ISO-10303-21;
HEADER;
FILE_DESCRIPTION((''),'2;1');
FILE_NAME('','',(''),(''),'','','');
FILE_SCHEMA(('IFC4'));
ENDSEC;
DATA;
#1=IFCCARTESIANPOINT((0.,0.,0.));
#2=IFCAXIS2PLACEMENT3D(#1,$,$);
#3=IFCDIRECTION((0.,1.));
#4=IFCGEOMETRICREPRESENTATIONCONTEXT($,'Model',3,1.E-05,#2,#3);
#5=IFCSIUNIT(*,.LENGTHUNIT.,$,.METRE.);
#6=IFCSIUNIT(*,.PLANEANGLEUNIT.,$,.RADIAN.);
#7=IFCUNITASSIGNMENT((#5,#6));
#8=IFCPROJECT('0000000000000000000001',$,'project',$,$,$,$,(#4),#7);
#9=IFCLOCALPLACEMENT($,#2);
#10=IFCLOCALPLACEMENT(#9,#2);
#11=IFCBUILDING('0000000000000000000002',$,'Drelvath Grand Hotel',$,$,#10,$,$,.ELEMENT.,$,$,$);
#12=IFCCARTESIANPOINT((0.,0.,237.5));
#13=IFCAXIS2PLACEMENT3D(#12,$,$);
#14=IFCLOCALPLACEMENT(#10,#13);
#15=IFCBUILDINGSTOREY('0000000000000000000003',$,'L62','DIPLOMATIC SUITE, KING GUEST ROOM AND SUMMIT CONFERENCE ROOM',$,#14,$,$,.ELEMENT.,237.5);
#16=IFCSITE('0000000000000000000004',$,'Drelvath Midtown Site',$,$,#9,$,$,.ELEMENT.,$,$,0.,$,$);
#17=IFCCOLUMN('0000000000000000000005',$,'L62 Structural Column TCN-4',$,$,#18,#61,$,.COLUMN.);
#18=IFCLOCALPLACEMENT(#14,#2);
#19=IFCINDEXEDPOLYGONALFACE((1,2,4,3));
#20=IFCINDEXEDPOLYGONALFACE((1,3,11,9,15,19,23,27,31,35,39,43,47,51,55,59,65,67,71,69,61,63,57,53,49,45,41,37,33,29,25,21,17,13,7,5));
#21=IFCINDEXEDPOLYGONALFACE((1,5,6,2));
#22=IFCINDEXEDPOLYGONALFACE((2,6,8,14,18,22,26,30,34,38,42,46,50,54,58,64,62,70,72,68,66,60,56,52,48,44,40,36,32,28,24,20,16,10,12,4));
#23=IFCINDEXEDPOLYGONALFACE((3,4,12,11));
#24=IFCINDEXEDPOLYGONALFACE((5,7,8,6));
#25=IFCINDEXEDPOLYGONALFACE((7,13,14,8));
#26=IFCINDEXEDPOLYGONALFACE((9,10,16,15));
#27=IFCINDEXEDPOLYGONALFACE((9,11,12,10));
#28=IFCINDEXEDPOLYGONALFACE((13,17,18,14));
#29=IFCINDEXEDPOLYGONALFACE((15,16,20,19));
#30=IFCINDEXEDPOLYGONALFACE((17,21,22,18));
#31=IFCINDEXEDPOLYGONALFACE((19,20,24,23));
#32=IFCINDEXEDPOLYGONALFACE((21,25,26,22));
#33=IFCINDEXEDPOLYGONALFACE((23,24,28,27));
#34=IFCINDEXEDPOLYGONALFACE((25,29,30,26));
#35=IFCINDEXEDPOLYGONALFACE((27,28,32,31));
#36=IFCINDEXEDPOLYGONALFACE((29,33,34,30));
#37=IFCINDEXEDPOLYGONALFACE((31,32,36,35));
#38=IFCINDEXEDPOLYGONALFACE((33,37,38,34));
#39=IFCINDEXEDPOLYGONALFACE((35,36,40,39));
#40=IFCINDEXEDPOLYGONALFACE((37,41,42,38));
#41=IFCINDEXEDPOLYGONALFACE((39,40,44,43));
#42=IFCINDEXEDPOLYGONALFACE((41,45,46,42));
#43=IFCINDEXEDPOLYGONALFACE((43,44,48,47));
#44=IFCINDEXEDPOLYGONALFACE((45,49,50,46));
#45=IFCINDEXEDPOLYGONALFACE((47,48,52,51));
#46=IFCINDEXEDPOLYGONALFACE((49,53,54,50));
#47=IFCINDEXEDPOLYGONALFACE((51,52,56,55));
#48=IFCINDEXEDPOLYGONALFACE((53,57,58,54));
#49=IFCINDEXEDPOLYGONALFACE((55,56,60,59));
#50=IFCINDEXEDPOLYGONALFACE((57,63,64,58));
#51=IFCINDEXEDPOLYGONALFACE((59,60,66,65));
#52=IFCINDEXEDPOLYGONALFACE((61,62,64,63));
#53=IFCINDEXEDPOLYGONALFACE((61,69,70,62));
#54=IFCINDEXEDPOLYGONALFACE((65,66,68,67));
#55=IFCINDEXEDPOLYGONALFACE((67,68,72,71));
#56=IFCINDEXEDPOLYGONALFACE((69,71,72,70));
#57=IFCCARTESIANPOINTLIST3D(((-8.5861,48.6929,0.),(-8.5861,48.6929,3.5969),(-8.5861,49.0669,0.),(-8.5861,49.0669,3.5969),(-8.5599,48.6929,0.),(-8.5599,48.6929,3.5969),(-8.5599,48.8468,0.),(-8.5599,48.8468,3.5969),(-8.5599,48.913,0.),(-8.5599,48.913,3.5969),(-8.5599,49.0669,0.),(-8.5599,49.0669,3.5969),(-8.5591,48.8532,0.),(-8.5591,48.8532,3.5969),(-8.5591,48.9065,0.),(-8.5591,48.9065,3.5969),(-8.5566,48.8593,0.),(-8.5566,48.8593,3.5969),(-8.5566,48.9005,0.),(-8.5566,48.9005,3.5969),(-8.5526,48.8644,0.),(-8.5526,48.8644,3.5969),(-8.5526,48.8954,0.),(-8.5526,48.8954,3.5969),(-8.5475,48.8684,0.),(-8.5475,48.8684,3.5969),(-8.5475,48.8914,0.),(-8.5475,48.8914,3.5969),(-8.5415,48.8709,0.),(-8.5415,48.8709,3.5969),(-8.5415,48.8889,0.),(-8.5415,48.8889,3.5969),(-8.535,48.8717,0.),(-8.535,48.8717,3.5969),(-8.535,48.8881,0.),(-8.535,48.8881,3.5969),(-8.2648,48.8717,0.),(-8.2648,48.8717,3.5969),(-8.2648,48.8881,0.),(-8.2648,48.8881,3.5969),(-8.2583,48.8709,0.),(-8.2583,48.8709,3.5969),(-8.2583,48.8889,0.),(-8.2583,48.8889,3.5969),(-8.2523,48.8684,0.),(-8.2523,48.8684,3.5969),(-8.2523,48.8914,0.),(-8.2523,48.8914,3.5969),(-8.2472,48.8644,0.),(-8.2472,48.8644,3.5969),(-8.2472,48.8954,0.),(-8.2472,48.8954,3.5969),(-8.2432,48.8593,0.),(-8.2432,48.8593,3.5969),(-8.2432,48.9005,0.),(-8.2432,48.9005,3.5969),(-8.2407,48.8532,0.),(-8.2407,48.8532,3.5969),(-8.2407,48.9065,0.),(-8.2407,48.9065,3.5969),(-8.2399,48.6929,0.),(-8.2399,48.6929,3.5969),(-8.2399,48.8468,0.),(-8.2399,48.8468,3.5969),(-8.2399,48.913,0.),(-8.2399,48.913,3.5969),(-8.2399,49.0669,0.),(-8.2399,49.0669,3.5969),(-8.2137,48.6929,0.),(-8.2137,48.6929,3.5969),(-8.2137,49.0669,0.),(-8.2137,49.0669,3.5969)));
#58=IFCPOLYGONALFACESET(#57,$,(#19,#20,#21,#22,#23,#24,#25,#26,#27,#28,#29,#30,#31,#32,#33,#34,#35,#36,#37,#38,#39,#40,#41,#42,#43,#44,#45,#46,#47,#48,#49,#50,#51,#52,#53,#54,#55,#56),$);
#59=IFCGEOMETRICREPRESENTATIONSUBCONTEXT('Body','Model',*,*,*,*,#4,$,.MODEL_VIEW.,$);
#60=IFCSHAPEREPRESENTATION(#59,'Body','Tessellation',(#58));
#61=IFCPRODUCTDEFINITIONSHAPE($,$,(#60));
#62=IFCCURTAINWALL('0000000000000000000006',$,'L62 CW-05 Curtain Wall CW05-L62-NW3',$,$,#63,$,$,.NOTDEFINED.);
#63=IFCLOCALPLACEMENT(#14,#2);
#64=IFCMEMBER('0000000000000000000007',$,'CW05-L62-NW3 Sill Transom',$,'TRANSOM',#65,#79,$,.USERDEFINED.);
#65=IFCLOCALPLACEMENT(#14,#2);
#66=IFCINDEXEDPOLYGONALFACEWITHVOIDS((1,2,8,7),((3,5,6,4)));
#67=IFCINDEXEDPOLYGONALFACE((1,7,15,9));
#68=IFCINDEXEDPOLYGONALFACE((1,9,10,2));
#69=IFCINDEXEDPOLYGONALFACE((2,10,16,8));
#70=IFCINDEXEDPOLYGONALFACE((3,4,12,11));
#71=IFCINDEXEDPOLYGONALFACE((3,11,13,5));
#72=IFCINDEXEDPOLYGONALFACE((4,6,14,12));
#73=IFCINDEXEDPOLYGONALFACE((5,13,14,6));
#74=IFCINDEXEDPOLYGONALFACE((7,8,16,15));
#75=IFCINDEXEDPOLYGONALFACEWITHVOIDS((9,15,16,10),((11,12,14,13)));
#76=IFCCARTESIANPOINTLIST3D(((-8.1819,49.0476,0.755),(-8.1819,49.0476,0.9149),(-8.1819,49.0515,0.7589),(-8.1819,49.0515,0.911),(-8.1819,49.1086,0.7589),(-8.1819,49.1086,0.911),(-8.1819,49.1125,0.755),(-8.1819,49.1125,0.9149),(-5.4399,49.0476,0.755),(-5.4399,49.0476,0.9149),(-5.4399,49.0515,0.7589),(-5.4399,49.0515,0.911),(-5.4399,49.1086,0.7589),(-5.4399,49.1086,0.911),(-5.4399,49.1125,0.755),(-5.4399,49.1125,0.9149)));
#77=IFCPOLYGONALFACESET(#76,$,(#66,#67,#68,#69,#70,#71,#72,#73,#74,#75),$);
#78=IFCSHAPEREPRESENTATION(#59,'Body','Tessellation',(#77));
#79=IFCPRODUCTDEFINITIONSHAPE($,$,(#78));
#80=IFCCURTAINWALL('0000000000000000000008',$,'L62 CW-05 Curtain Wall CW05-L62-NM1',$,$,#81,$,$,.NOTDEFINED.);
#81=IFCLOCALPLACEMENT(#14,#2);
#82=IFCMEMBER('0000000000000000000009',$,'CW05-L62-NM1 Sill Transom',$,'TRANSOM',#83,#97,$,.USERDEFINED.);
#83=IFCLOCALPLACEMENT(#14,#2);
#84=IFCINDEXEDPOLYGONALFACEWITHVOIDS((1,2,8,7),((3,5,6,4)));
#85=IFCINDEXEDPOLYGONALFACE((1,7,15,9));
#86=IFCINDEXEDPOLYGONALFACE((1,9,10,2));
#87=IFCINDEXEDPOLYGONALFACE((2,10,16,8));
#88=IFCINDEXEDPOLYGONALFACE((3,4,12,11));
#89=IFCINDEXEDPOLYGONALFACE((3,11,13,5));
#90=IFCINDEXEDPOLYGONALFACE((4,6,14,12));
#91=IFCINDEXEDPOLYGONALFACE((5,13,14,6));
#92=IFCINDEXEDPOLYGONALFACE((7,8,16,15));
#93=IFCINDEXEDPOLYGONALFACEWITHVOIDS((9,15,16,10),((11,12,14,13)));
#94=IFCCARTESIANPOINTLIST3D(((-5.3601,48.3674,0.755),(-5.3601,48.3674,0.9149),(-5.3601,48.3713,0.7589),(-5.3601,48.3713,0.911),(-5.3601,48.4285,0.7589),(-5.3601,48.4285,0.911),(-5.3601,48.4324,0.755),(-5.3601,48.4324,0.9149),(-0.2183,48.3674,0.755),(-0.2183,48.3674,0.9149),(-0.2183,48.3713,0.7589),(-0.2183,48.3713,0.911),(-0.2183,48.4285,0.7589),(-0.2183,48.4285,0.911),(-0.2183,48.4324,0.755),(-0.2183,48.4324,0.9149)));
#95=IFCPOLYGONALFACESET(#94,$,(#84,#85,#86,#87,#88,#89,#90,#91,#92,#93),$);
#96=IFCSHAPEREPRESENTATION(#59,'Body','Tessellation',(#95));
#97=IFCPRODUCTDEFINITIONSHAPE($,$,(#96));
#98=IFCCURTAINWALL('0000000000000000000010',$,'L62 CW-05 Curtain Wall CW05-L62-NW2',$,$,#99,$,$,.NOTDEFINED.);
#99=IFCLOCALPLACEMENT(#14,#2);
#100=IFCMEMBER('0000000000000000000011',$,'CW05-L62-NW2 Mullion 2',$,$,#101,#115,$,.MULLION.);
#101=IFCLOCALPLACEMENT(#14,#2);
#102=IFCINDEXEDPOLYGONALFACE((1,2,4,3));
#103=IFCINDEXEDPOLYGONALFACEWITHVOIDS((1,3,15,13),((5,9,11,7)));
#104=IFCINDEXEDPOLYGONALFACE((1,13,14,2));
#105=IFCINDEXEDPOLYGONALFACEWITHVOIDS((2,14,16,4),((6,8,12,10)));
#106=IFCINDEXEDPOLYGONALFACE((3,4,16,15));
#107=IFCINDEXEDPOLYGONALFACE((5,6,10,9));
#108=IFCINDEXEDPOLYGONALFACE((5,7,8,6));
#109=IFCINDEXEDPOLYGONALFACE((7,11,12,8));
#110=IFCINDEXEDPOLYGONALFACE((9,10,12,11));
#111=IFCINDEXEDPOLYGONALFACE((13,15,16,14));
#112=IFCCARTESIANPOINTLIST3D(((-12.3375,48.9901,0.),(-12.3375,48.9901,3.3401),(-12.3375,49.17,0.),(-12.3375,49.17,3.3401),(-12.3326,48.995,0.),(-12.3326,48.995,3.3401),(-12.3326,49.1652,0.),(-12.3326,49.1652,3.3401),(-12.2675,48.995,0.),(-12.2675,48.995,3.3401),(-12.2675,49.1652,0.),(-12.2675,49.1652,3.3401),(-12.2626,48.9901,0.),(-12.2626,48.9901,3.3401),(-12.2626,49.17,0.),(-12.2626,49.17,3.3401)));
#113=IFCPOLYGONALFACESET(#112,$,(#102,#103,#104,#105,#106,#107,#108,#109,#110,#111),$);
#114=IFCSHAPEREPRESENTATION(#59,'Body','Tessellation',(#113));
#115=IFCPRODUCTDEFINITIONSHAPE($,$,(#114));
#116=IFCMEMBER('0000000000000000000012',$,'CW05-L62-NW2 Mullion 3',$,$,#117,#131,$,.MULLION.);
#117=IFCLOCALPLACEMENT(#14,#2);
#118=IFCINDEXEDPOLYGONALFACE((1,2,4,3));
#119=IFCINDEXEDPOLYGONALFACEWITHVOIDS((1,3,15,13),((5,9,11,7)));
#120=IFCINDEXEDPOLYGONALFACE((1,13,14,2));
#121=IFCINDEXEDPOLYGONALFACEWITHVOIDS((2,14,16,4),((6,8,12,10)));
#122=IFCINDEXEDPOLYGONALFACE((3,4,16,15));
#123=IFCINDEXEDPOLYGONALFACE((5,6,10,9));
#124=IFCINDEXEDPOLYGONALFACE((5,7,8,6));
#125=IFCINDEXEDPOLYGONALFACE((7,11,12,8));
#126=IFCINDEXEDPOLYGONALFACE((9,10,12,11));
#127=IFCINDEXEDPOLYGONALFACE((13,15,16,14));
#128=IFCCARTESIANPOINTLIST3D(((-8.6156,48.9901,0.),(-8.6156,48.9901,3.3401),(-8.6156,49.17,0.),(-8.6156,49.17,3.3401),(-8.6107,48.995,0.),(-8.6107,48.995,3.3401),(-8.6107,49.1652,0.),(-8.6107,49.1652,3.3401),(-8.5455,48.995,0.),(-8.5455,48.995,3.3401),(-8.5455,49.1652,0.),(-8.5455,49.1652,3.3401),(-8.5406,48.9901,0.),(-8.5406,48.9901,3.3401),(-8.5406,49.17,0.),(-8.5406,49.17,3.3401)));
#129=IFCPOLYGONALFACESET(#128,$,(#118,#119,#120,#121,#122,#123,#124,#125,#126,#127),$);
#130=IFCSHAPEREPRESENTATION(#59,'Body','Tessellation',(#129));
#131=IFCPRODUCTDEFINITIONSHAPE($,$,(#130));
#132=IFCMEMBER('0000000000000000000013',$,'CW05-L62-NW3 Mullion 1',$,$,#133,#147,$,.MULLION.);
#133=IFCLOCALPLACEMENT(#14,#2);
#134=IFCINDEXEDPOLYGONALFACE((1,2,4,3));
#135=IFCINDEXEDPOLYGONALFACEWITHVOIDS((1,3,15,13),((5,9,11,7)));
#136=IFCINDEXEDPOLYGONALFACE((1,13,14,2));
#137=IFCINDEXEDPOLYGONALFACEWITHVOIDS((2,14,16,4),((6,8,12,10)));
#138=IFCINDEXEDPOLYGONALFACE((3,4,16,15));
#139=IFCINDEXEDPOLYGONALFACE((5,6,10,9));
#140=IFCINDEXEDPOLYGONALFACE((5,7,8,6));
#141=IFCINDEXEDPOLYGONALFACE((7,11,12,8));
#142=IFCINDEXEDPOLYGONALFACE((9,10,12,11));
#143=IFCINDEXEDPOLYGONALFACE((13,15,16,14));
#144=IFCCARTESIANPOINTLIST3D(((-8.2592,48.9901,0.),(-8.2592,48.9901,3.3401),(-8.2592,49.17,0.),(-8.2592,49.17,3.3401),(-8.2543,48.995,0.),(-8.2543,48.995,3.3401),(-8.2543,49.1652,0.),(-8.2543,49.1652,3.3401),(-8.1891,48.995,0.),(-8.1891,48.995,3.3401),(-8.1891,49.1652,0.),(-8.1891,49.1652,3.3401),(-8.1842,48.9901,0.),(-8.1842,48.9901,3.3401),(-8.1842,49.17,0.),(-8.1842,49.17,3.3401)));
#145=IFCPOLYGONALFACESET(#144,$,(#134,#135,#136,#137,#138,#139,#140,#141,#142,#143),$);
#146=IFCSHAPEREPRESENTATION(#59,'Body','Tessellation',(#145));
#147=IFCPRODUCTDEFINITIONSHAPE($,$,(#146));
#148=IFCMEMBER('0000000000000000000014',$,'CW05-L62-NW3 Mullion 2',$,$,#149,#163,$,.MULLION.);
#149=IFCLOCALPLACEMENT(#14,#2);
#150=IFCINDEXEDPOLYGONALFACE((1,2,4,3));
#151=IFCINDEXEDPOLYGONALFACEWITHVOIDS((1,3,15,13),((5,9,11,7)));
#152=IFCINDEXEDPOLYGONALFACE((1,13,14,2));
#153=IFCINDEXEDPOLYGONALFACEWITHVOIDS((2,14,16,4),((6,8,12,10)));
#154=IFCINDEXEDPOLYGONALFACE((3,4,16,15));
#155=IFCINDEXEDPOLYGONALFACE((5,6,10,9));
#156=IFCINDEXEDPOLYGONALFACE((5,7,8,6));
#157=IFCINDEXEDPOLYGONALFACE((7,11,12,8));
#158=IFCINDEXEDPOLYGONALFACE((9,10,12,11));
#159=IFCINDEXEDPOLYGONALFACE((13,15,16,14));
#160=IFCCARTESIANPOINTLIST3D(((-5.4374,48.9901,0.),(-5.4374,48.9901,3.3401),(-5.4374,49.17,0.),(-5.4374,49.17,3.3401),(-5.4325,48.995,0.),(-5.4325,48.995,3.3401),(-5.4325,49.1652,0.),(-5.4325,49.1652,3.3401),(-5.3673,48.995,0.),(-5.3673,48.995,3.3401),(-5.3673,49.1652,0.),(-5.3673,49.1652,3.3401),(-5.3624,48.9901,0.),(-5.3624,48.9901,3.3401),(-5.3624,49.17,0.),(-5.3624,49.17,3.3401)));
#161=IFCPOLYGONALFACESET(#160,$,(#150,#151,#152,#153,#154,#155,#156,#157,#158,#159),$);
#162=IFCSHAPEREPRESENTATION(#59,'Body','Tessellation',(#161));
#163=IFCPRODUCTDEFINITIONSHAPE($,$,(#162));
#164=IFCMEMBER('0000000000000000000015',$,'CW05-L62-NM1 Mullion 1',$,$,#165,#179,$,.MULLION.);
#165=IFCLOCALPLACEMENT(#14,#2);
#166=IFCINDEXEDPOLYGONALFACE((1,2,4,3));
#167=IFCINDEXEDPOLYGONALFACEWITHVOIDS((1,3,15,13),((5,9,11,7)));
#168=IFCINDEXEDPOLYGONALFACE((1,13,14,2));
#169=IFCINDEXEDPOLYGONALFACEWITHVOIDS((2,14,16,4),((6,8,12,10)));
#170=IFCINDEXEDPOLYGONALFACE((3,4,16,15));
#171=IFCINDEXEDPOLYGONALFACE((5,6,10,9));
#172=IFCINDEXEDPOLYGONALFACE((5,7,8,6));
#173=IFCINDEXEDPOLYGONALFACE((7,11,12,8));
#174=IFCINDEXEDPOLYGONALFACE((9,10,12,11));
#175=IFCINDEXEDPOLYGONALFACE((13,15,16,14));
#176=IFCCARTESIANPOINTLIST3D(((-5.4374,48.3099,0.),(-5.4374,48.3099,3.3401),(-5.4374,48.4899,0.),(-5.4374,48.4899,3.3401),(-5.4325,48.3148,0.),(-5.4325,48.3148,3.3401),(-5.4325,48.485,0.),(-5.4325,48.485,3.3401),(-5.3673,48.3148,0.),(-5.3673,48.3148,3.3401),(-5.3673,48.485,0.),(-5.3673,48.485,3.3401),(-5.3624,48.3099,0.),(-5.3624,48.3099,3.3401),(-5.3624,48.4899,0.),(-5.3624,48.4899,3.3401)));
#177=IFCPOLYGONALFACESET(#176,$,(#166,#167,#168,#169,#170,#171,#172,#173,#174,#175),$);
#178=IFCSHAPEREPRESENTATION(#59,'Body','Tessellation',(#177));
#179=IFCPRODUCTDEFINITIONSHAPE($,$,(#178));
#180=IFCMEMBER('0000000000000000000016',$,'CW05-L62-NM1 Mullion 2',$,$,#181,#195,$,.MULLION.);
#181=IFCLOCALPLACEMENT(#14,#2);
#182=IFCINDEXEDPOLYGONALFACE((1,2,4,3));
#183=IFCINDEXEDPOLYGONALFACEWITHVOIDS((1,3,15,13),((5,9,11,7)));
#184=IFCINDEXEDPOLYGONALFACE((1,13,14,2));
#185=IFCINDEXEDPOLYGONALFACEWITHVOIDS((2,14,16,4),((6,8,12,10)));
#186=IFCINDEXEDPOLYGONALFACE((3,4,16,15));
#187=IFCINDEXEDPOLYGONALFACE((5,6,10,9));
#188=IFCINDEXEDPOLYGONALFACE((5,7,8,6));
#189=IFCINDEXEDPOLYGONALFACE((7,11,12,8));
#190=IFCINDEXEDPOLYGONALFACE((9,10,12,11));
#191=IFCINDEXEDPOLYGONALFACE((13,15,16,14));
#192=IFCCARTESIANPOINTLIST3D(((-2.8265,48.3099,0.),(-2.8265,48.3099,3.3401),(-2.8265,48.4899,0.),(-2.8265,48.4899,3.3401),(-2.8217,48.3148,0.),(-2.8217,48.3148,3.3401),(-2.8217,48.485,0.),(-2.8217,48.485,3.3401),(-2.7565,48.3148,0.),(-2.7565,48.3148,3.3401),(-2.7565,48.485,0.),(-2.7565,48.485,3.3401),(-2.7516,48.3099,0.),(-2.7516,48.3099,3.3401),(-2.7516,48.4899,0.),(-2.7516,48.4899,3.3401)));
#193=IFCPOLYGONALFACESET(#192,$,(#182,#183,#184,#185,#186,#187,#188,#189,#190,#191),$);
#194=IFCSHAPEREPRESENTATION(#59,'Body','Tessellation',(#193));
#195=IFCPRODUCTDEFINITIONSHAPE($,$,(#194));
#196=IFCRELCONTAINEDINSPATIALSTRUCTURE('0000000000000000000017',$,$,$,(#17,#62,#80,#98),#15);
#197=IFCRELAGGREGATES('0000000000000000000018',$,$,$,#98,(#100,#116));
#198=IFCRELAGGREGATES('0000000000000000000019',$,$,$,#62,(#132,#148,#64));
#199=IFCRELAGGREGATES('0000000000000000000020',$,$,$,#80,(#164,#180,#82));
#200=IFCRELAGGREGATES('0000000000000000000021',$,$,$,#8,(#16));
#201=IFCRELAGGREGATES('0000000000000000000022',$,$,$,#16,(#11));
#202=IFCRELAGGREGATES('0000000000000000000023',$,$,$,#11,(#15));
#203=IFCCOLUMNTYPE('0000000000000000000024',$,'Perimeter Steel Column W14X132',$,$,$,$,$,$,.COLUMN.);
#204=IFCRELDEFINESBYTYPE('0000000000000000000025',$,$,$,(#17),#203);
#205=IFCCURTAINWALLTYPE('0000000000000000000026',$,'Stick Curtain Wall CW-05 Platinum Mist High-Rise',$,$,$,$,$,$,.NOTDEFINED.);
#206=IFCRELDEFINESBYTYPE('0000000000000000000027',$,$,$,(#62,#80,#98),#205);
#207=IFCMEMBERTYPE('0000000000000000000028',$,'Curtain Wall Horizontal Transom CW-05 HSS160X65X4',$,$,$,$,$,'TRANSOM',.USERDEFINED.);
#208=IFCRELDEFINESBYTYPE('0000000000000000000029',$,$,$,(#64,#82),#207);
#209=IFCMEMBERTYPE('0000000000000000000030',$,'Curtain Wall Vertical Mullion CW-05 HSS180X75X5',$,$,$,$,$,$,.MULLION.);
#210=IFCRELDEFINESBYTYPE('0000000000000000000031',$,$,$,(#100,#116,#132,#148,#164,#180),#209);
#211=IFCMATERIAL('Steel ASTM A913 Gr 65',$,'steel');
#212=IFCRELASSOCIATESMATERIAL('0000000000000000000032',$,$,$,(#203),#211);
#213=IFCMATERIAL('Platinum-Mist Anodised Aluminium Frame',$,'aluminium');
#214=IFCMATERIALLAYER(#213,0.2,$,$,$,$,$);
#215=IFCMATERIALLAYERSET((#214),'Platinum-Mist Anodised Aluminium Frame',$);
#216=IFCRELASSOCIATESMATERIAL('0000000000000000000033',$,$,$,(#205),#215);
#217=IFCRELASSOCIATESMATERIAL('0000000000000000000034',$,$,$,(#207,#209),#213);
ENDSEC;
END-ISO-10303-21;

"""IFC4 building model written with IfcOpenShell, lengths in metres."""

from ifc_helpers import new_model, si_unit, direction, frame, origin, origin_2d, place, context, subcontext, project, spatial, hollow_rectangle, i_section, extrude, material, layer, layer_set, material_profile, profile_set, type_object, element, aggregate, save


model = new_model("IFC4")

# Units and contexts
model_context = context("Model", 3, precision=1e-05, world=origin(), true_north=direction((0.0, 1.0)))
body_context = subcontext(model_context, "Body", "Model", "MODEL_VIEW")
ifc_project = project(units=[si_unit("LENGTHUNIT", "METRE"), si_unit("PLANEANGLEUNIT", "RADIAN")], contexts=[model_context])

# Site, building, storey
site_placement = place(None, origin())
site = spatial("IfcSite", under=ifc_project, at=site_placement, Name="Drelvath Midtown Site", CompositionType="ELEMENT", RefElevation=0.0)
building_placement = place(site_placement, origin())
building = spatial("IfcBuilding", under=site, at=building_placement, Name="Drelvath Grand Hotel", CompositionType="ELEMENT")
storey_placement = place(building_placement, frame((0.0, 0.0, 237.5)))
storey = spatial("IfcBuildingStorey", under=building, at=storey_placement, Name="L62", Description="DIPLOMATIC SUITE, KING GUEST ROOM AND SUMMIT CONFERENCE ROOM", CompositionType="ELEMENT", Elevation=237.5)

# Column
ifc_material_1 = material(Name="Steel ASTM A913 Gr 65", Category="steel")
ifc_material_profile_1 = material_profile(ifc_material_1, i_section(OverallWidth=0.374, OverallDepth=0.3723, WebThickness=0.0164, FlangeThickness=0.0261, FilletRadius=0.0249, at=origin_2d()), Name="W14X132")
ifc_profile_set_1 = profile_set([ifc_material_profile_1], Name="Steel ASTM A913 Gr 65")
column_type = type_object("IfcColumnType", Name="Perimeter Steel Column W14X132", PredefinedType="COLUMN", material=ifc_profile_set_1)
column_placement = place(storey_placement, frame((-8.3999, 48.8799, 0.0), z_axis=(0.0, 0.0, 1.0), x_axis=(0.0, 1.0, 0.0)))
element("IfcColumn", 1, at=column_placement, inside=storey, type_object=column_type, Name="L62 Structural Column TCN-4", PredefinedType="COLUMN", context=body_context, shape_type="SweptSolid", body=[
    extrude(i_section(OverallWidth=0.374, OverallDepth=0.3723, WebThickness=0.0164, FlangeThickness=0.0261, FilletRadius=0.0249, at=origin_2d()), origin(), (0.0, 0.0, 1.0), 3.5969),
])

# Curtain walls, members
ifc_material_2 = material(Name="Platinum-Mist Anodised Aluminium Frame", Category="aluminium")
ifc_layer_1 = layer(ifc_material_2, 0.2)
ifc_layer_set_1 = layer_set([ifc_layer_1], Name="Platinum-Mist Anodised Aluminium Frame")
curtain_wall_type = type_object("IfcCurtainWallType", Name="Stick Curtain Wall CW-05 Platinum Mist High-Rise", PredefinedType="NOTDEFINED", material=ifc_layer_set_1)
curtain_wall_1_placement = place(storey_placement, origin())
curtain_wall_1 = element("IfcCurtainWall", 2, at=curtain_wall_1_placement, inside=storey, type_object=curtain_wall_type, Name="L62 CW-05 Curtain Wall CW05-L62-NW3", PredefinedType="NOTDEFINED")
ifc_material_profile_2 = material_profile(ifc_material_2, hollow_rectangle(XDim=0.0649, YDim=0.1599, WallThickness=0.0039, at=origin_2d()), Name="HSS160X65X4")
ifc_profile_set_2 = profile_set([ifc_material_profile_2], Name="Platinum-Mist Anodised Aluminium Frame")
member_type_1 = type_object("IfcMemberType", Name="Curtain Wall Horizontal Transom CW-05 HSS160X65X4", ElementType="TRANSOM", PredefinedType="USERDEFINED", material=ifc_profile_set_2)
member_1_placement = place(storey_placement, frame((-8.1819, 49.0801, 0.835), z_axis=(1.0, 0.0, 0.0), x_axis=(0.0, 1.0, 0.0)))
member_1 = element("IfcMember", 3, at=member_1_placement, type_object=member_type_1, Name="CW05-L62-NW3 Sill Transom", ObjectType="TRANSOM", PredefinedType="USERDEFINED", context=body_context, shape_type="SweptSolid", body=[
    extrude(hollow_rectangle(XDim=0.0649, YDim=0.1599, WallThickness=0.0039, at=origin_2d()), origin(), (0.0, 0.0, 1.0), 2.7419),
])
curtain_wall_2_placement = place(storey_placement, origin())
curtain_wall_2 = element("IfcCurtainWall", 4, at=curtain_wall_2_placement, inside=storey, type_object=curtain_wall_type, Name="L62 CW-05 Curtain Wall CW05-L62-NM1", PredefinedType="NOTDEFINED")
member_2_placement = place(storey_placement, frame((-5.3601, 48.3999, 0.835), z_axis=(1.0, 0.0, 0.0), x_axis=(0.0, 1.0, 0.0)))
member_2 = element("IfcMember", 5, at=member_2_placement, type_object=member_type_1, Name="CW05-L62-NM1 Sill Transom", ObjectType="TRANSOM", PredefinedType="USERDEFINED", context=body_context, shape_type="SweptSolid", body=[
    extrude(hollow_rectangle(XDim=0.0649, YDim=0.1599, WallThickness=0.0039, at=origin_2d()), origin(), (0.0, 0.0, 1.0), 5.1418),
])

# Curtain wall, members
curtain_wall_3_placement = place(storey_placement, origin())
curtain_wall_3 = element("IfcCurtainWall", 6, at=curtain_wall_3_placement, inside=storey, type_object=curtain_wall_type, Name="L62 CW-05 Curtain Wall CW05-L62-NW2", PredefinedType="NOTDEFINED")
ifc_material_profile_3 = material_profile(ifc_material_2, hollow_rectangle(XDim=0.075, YDim=0.1799, WallThickness=0.0049, at=origin_2d()), Name="HSS180X75X5")
ifc_profile_set_3 = profile_set([ifc_material_profile_3], Name="Platinum-Mist Anodised Aluminium Frame")
member_type_2 = type_object("IfcMemberType", Name="Curtain Wall Vertical Mullion CW-05 HSS180X75X5", PredefinedType="MULLION", material=ifc_profile_set_3)
member_3_placement = place(storey_placement, frame((-12.3, 49.0801, 0.0), z_axis=(0.0, 0.0, 1.0), x_axis=(1.0, 0.0, 0.0)))
member_3 = element("IfcMember", 7, at=member_3_placement, type_object=member_type_2, Name="CW05-L62-NW2 Mullion 2", PredefinedType="MULLION", context=body_context, shape_type="SweptSolid", body=[
    extrude(hollow_rectangle(XDim=0.075, YDim=0.1799, WallThickness=0.0049, at=origin_2d()), origin(), (0.0, 0.0, 1.0), 3.3401),
])
member_4_placement = place(storey_placement, frame((-8.5781, 49.0801, 0.0), z_axis=(0.0, 0.0, 1.0), x_axis=(1.0, 0.0, 0.0)))
member_4 = element("IfcMember", 8, at=member_4_placement, type_object=member_type_2, Name="CW05-L62-NW2 Mullion 3", PredefinedType="MULLION", context=body_context, shape_type="SweptSolid", body=[
    extrude(hollow_rectangle(XDim=0.075, YDim=0.1799, WallThickness=0.0049, at=origin_2d()), origin(), (0.0, 0.0, 1.0), 3.3401),
])

# Members
member_5_placement = place(storey_placement, frame((-8.2217, 49.0801, 0.0), z_axis=(0.0, 0.0, 1.0), x_axis=(1.0, 0.0, 0.0)))
member_5 = element("IfcMember", 9, at=member_5_placement, type_object=member_type_2, Name="CW05-L62-NW3 Mullion 1", PredefinedType="MULLION", context=body_context, shape_type="SweptSolid", body=[
    extrude(hollow_rectangle(XDim=0.075, YDim=0.1799, WallThickness=0.0049, at=origin_2d()), origin(), (0.0, 0.0, 1.0), 3.3401),
])
member_6_placement = place(storey_placement, frame((-5.3999, 49.0801, 0.0), z_axis=(0.0, 0.0, 1.0), x_axis=(1.0, 0.0, 0.0)))
member_6 = element("IfcMember", 10, at=member_6_placement, type_object=member_type_2, Name="CW05-L62-NW3 Mullion 2", PredefinedType="MULLION", context=body_context, shape_type="SweptSolid", body=[
    extrude(hollow_rectangle(XDim=0.075, YDim=0.1799, WallThickness=0.0049, at=origin_2d()), origin(), (0.0, 0.0, 1.0), 3.3401),
])
member_7_placement = place(storey_placement, frame((-5.3999, 48.3999, 0.0), z_axis=(0.0, 0.0, 1.0), x_axis=(1.0, 0.0, 0.0)))
member_7 = element("IfcMember", 11, at=member_7_placement, type_object=member_type_2, Name="CW05-L62-NM1 Mullion 1", PredefinedType="MULLION", context=body_context, shape_type="SweptSolid", body=[
    extrude(hollow_rectangle(XDim=0.075, YDim=0.1799, WallThickness=0.0049, at=origin_2d()), origin(), (0.0, 0.0, 1.0), 3.3401),
])
member_8_placement = place(storey_placement, frame((-2.7891, 48.3999, 0.0), z_axis=(0.0, 0.0, 1.0), x_axis=(1.0, 0.0, 0.0)))
member_8 = element("IfcMember", 12, at=member_8_placement, type_object=member_type_2, Name="CW05-L62-NM1 Mullion 2", PredefinedType="MULLION", context=body_context, shape_type="SweptSolid", body=[
    extrude(hollow_rectangle(XDim=0.075, YDim=0.1799, WallThickness=0.0049, at=origin_2d()), origin(), (0.0, 0.0, 1.0), 3.3401),
])

aggregate(curtain_wall_3, [member_3, member_4])
aggregate(curtain_wall_1, [member_5, member_6, member_1])
aggregate(curtain_wall_2, [member_7, member_8, member_2])

save(model, "model.ifc")
